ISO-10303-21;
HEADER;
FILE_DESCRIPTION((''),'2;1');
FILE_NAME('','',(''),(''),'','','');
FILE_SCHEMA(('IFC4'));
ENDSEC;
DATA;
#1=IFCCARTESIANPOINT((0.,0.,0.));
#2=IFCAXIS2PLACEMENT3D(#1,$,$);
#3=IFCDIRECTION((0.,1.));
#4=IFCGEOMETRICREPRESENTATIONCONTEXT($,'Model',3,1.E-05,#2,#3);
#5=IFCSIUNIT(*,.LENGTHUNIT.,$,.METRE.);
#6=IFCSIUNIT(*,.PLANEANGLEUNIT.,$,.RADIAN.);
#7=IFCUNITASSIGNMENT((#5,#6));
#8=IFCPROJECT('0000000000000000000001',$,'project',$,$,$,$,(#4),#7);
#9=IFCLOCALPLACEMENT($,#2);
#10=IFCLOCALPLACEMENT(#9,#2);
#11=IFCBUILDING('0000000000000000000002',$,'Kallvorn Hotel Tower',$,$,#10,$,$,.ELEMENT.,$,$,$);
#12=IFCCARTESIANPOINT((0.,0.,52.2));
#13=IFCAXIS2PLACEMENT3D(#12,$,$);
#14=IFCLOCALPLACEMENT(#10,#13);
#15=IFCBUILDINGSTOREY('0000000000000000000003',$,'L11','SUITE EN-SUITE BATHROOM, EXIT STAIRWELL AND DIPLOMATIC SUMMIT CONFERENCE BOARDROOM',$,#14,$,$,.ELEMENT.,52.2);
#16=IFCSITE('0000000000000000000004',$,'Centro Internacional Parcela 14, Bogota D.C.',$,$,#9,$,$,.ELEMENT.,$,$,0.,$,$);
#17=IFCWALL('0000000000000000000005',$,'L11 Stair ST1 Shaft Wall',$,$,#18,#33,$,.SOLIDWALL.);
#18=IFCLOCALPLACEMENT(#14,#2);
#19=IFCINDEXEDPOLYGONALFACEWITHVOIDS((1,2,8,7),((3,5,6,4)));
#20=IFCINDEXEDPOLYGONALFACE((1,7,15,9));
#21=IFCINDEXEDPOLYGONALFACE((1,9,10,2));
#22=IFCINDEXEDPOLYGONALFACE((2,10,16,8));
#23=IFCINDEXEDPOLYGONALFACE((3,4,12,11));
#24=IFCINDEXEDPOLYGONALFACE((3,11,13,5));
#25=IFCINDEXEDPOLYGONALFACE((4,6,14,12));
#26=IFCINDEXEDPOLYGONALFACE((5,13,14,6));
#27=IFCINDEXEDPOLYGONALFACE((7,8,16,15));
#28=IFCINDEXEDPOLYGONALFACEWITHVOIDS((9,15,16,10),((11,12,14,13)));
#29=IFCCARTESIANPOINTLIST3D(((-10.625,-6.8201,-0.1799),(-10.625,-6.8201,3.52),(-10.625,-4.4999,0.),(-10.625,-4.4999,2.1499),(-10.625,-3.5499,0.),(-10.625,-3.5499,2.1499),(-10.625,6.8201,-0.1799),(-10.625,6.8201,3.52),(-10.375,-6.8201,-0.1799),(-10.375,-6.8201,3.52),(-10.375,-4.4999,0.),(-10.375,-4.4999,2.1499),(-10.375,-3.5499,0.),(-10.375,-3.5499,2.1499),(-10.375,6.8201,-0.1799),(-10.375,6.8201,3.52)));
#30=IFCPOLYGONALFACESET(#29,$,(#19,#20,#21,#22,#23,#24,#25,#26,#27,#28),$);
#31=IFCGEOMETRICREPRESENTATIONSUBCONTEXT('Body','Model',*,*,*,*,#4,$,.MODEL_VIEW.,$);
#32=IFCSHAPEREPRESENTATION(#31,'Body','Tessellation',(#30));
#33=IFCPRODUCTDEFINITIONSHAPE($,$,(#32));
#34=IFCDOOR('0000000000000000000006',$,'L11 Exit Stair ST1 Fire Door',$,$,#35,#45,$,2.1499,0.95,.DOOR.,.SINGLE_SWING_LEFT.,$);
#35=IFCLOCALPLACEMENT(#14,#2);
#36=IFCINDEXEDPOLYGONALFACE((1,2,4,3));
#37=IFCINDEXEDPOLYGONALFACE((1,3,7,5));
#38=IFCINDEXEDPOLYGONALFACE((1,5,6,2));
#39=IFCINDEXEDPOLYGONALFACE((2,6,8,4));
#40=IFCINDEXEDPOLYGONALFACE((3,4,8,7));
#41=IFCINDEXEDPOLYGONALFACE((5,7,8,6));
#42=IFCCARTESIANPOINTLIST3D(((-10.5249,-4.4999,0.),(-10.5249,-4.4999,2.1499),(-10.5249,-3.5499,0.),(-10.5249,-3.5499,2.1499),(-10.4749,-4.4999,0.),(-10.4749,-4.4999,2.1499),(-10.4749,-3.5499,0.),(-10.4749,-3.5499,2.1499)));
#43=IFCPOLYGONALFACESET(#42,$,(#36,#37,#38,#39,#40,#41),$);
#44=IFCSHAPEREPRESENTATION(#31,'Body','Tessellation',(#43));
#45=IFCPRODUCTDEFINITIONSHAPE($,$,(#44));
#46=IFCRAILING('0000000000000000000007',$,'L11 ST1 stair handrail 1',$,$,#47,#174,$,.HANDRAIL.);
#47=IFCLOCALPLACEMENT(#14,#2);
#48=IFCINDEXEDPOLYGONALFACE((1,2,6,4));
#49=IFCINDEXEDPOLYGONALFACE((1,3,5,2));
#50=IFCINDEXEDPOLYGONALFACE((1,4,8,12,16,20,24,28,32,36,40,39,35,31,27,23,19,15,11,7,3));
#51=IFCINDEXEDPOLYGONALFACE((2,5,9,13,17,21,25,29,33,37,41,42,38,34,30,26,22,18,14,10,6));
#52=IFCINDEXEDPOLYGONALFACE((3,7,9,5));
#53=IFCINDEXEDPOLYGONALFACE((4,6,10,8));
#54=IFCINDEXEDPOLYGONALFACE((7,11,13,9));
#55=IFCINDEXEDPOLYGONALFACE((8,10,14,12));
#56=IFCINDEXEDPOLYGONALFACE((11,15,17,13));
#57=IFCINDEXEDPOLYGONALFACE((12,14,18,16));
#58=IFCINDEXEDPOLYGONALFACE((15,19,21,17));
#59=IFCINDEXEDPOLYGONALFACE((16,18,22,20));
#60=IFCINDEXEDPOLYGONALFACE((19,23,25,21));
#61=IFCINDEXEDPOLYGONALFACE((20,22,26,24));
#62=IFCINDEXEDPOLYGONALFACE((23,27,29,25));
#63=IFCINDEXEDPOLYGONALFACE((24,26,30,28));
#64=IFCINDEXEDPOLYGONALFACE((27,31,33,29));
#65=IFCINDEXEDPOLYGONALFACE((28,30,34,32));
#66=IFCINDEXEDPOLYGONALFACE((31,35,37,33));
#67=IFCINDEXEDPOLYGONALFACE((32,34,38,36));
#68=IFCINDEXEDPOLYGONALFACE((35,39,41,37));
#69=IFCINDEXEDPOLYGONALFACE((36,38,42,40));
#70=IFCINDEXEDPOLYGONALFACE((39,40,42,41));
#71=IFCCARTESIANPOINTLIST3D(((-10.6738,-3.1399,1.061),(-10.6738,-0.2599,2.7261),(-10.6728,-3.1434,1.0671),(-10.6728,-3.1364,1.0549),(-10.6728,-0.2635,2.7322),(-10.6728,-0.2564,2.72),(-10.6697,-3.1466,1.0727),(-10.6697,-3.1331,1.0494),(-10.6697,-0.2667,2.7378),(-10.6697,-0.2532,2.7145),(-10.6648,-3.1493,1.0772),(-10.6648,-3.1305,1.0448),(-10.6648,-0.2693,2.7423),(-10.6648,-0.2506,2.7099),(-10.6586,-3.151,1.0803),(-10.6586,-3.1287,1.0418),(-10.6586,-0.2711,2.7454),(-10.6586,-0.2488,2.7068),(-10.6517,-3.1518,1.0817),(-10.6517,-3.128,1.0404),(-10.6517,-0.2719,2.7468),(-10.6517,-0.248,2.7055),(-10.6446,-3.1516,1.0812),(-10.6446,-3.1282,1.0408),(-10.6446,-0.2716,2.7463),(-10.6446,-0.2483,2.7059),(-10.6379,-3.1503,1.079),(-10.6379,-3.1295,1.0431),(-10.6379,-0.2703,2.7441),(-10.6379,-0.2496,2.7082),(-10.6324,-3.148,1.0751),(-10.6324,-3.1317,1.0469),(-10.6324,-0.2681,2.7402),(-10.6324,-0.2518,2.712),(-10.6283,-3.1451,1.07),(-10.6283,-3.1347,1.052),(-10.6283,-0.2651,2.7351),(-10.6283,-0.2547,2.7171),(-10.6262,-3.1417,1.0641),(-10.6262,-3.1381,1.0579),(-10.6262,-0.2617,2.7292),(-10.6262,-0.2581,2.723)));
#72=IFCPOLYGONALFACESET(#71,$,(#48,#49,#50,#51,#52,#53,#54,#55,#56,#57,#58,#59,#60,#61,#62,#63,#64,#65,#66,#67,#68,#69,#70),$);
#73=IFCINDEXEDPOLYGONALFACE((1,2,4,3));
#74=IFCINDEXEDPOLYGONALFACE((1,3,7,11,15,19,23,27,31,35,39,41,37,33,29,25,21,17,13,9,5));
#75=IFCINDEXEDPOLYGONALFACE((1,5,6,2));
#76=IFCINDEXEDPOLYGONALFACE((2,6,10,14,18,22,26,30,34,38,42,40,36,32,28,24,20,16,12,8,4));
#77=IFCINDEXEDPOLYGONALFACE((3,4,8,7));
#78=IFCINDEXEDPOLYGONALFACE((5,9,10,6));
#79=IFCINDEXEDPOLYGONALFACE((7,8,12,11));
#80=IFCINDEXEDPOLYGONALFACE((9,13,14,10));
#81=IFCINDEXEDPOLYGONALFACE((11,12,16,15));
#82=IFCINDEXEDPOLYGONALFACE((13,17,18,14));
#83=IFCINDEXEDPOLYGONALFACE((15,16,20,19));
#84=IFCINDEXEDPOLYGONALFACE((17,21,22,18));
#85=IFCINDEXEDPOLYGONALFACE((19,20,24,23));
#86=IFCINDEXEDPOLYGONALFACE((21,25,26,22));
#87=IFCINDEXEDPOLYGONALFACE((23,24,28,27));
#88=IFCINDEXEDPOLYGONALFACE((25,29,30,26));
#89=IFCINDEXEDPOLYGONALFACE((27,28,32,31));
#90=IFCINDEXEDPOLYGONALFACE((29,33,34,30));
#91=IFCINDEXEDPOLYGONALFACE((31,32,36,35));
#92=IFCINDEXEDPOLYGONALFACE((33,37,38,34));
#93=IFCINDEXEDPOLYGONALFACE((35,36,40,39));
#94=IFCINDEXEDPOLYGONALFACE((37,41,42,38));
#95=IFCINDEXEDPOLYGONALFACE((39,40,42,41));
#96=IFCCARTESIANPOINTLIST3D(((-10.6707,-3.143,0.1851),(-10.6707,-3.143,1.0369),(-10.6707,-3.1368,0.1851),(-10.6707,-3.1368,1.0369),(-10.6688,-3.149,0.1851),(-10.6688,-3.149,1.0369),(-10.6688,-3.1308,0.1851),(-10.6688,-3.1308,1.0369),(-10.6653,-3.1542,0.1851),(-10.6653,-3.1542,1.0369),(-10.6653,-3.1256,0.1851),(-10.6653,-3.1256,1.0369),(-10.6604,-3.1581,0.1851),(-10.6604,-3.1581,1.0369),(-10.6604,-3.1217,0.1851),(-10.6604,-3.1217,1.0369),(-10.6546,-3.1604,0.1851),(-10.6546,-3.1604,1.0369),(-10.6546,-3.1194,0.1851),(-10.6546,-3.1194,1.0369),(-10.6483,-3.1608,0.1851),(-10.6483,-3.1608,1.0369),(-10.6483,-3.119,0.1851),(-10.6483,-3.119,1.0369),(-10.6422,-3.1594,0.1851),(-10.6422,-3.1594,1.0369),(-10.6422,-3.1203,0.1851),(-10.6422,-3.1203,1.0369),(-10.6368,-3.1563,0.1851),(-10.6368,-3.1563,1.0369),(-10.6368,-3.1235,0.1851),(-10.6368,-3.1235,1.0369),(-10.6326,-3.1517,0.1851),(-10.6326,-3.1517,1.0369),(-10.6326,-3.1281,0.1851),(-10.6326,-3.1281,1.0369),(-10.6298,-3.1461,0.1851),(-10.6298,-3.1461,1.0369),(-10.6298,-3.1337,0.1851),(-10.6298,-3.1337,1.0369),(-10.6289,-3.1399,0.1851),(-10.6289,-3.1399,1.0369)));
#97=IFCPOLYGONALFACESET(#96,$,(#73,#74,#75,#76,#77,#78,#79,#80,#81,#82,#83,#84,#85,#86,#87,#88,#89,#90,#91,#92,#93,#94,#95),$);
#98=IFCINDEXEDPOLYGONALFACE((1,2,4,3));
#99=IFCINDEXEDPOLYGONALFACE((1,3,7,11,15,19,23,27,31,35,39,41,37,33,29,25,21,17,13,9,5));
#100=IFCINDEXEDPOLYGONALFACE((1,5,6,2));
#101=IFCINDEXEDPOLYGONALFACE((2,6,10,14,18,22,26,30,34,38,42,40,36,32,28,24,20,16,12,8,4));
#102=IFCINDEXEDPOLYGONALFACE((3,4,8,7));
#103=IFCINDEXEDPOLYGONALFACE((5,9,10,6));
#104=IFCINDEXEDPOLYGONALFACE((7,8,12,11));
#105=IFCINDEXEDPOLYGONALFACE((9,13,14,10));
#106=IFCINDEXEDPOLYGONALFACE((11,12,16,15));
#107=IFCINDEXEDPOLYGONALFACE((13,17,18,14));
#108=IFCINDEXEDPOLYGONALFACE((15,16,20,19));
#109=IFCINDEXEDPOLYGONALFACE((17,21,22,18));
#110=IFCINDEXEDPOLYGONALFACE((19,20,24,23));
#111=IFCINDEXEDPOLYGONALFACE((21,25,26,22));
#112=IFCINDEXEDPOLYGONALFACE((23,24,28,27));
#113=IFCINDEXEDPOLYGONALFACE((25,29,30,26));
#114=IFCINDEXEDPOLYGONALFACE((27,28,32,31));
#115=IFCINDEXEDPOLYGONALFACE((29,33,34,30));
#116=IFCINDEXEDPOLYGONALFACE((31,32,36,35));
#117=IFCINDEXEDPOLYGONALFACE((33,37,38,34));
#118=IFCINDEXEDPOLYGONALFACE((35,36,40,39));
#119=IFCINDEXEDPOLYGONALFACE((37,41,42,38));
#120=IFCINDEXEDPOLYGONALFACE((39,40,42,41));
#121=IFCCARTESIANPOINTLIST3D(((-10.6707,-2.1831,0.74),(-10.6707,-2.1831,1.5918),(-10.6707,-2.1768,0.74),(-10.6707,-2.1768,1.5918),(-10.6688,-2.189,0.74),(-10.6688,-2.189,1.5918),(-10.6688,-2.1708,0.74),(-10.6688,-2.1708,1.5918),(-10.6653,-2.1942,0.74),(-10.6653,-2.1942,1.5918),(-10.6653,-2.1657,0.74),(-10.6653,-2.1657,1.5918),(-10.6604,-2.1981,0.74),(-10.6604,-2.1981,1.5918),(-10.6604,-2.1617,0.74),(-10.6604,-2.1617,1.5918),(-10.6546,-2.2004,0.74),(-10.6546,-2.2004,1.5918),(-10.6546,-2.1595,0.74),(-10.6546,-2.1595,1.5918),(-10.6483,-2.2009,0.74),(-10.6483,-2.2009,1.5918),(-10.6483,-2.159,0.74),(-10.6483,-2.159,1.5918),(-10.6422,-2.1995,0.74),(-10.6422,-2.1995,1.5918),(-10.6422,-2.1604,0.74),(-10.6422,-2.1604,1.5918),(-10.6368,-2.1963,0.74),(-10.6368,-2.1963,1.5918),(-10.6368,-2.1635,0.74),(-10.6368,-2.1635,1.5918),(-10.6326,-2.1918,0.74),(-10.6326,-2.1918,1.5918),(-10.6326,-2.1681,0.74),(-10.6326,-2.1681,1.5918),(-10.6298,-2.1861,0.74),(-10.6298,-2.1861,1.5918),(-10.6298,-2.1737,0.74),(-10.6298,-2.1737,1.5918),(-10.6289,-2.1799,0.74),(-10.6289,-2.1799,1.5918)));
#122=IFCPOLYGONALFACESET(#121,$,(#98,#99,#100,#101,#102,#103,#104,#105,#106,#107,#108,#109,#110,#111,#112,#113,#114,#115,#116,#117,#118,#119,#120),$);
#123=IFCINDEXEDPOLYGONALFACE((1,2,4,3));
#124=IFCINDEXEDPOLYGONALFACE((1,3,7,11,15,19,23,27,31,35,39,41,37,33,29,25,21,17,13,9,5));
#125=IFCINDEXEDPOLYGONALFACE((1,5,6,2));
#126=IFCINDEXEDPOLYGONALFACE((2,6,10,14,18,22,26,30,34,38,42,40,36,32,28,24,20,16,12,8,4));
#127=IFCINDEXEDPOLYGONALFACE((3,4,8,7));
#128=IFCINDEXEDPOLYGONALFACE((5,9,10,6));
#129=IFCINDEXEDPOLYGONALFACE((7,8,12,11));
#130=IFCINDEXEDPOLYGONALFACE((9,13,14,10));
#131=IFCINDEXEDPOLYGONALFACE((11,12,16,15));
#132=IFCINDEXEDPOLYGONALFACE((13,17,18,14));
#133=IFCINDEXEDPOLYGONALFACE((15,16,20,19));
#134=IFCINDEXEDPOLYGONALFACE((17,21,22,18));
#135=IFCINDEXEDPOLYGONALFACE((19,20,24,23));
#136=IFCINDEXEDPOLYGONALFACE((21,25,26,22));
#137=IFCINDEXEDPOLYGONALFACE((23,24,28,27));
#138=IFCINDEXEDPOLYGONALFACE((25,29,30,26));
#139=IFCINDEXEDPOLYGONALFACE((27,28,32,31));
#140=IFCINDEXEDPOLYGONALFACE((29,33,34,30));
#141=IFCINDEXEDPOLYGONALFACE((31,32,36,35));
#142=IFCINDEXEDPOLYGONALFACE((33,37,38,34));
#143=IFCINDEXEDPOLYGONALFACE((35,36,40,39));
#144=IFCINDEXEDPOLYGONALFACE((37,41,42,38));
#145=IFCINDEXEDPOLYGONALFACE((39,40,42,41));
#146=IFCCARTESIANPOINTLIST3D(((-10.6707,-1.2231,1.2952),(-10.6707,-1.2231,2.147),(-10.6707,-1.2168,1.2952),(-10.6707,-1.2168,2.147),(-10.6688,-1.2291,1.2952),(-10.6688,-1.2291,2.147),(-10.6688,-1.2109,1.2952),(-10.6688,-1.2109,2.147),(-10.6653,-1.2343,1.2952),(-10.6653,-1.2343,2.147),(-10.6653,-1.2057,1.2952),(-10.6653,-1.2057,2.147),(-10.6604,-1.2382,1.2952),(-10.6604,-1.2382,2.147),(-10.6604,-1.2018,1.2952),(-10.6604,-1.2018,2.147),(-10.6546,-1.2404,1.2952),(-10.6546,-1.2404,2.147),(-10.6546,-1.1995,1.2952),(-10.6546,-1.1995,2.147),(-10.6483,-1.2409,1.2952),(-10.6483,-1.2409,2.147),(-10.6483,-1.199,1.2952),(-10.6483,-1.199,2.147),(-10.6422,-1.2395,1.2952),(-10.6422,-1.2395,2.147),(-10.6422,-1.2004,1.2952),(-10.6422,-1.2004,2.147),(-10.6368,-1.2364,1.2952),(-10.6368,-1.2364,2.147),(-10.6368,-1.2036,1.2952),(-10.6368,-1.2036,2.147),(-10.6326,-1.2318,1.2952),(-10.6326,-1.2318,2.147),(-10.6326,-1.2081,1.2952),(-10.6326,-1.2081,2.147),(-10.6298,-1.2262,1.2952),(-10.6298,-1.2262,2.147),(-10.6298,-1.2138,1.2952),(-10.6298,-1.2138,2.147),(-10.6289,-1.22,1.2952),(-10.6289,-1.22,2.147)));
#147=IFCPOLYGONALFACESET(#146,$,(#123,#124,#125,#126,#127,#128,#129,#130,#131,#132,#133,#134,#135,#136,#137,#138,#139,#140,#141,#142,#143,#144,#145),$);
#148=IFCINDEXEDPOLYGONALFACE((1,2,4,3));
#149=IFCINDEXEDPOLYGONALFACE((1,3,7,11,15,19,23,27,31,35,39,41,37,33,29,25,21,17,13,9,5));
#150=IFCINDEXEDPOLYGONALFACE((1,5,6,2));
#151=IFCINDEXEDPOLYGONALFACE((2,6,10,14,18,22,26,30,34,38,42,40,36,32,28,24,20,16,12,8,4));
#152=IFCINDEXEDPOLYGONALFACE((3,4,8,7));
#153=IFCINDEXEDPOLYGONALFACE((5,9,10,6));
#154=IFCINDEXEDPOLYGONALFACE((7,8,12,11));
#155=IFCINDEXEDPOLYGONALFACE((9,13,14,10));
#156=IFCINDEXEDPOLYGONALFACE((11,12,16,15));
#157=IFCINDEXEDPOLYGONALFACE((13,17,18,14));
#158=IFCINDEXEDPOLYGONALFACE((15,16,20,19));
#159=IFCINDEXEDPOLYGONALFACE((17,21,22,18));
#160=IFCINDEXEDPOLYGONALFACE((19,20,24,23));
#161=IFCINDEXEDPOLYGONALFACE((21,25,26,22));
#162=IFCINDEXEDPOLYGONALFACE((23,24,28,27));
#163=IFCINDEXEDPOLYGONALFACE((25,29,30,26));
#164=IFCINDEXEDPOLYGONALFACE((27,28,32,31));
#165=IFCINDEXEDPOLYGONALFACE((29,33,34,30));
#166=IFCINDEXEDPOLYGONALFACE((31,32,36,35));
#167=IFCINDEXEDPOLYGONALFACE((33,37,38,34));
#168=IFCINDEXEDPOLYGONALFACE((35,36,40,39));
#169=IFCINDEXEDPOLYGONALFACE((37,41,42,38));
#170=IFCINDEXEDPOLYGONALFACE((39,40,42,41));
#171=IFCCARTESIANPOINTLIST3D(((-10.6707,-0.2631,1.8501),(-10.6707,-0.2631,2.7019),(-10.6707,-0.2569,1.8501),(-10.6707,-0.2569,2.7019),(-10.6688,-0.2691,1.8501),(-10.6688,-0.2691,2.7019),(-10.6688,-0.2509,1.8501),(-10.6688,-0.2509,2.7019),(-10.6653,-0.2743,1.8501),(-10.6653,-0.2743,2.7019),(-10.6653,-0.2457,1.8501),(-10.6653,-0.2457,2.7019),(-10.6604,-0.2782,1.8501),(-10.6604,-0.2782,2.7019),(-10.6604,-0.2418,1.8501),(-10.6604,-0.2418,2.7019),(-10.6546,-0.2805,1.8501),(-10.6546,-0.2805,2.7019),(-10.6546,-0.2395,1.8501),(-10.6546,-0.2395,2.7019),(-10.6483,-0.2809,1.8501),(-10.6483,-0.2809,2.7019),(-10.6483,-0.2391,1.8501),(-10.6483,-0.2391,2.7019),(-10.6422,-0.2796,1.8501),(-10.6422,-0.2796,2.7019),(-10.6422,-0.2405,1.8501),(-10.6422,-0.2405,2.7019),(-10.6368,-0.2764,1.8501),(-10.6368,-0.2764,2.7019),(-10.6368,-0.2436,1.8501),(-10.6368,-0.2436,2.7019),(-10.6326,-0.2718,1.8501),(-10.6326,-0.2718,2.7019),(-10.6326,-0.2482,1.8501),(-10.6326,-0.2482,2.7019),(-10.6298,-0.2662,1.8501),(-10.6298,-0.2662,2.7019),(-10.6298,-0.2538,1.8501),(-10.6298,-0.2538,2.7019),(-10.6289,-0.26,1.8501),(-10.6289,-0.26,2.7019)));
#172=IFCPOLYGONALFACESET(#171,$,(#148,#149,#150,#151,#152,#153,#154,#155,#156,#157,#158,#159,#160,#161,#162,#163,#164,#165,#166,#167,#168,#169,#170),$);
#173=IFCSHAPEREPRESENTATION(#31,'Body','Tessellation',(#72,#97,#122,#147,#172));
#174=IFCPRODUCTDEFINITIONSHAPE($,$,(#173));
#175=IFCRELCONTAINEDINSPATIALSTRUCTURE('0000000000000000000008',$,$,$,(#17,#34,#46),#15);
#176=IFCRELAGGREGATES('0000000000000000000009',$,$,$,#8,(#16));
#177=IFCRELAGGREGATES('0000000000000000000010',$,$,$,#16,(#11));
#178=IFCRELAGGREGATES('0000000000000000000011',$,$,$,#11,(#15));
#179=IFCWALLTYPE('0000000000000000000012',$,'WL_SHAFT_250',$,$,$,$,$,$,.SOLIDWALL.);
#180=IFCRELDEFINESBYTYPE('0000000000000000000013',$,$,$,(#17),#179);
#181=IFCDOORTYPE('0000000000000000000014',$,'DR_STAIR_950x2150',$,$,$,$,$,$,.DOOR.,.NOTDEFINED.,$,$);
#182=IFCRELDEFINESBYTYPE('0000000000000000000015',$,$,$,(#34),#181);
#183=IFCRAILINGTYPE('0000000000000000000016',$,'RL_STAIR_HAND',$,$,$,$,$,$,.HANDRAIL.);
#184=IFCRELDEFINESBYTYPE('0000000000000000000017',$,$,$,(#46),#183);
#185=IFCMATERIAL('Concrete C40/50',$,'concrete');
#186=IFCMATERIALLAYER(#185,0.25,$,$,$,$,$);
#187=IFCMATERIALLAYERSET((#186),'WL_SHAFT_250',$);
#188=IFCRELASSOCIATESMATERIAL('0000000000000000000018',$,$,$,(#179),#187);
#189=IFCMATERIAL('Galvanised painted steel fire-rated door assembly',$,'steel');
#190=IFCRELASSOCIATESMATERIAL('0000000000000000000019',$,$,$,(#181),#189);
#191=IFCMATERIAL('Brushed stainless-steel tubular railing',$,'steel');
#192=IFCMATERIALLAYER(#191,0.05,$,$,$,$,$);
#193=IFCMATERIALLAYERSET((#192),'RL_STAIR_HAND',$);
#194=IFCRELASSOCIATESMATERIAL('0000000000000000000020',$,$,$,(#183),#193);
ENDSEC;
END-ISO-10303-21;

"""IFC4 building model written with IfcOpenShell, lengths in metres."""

from ifc_helpers import new_model, si_unit, direction, frame, frame_2d, origin, origin_2d, place, context, subcontext, project, spatial, rectangle, circle, extrude, material, layer, layer_set, type_object, element, fill, save


model = new_model("IFC4")

# Units and contexts
model_context = context("Model", 3, precision=1e-05, world=origin(), true_north=direction((0.0, 1.0)))
body_context = subcontext(model_context, "Body", "Model", "MODEL_VIEW")
ifc_project = project(units=[si_unit("LENGTHUNIT", "METRE"), si_unit("PLANEANGLEUNIT", "RADIAN")], contexts=[model_context])

# Site, building, storey
site_placement = place(None, origin())
site = spatial("IfcSite", under=ifc_project, at=site_placement, Name="Centro Internacional Parcela 14, Bogota D.C.", CompositionType="ELEMENT", RefElevation=0.0)
building_placement = place(site_placement, origin())
building = spatial("IfcBuilding", under=site, at=building_placement, Name="Kallvorn Hotel Tower", CompositionType="ELEMENT")
storey_placement = place(building_placement, frame((0.0, 0.0, 52.2)))
storey = spatial("IfcBuildingStorey", under=building, at=storey_placement, Name="L11", Description="SUITE EN-SUITE BATHROOM, EXIT STAIRWELL AND DIPLOMATIC SUMMIT CONFERENCE BOARDROOM", CompositionType="ELEMENT", Elevation=52.2)

# Shared definitions
ifc_material_1 = material(Name="Concrete C40/50", Category="concrete")
ifc_layer_1 = layer(ifc_material_1, 0.25)
ifc_layer_set_1 = layer_set([ifc_layer_1], Name="WL_SHAFT_250")
wall_type_1 = type_object("IfcWallType", Name="WL_SHAFT_250", PredefinedType="SOLIDWALL", material=ifc_layer_set_1)

# Wall, opening, door
wall_1_placement = place(storey_placement, frame((-10.5, -6.8201, -0.1799), z_axis=(0.0, 0.0, 1.0), x_axis=(0.0, 1.0, 0.0)))
wall_1 = element("IfcWall", 1, at=wall_1_placement, inside=storey, type_object=wall_type_1, Name="L11 Stair ST1 Shaft Wall", PredefinedType="SOLIDWALL", context=body_context, shape_type="SweptSolid", body=[
    extrude(rectangle(XDim=13.6401, YDim=0.25, at=frame_2d((6.8201, 0.0))), origin(), (0.0, 0.0, 1.0), 3.7),
])
opening_1_placement = place(wall_1_placement, frame((2.3201, 0.0, 0.1799)))
opening_1 = element("IfcOpeningElement", 2, at=opening_1_placement, cuts=wall_1, PredefinedType="OPENING", context=body_context, shape_type="SweptSolid", body=[
    extrude(rectangle(XDim=0.95, YDim=2.1499, at=frame_2d((0.4751, 1.075))), frame((0.0, 0.1399, 0.0), z_axis=(0.0, -1.0, 0.0), x_axis=(1.0, 0.0, 0.0)), (0.0, 0.0, 1.0), 0.28),
])
ifc_material_2 = material(Name="Galvanised painted steel fire-rated door assembly", Category="steel")
door_type_1 = type_object("IfcDoorType", Name="DR_STAIR_950x2150", OperationType="NOTDEFINED", PredefinedType="DOOR", material=ifc_material_2)
door_1_placement = place(opening_1_placement, origin())
door_1 = element("IfcDoor", 3, at=door_1_placement, inside=storey, type_object=door_type_1, Name="L11 Exit Stair ST1 Fire Door", OperationType="SINGLE_SWING_LEFT", OverallHeight=2.1499, OverallWidth=0.95, PredefinedType="DOOR", context=body_context, shape_type="SweptSolid", body=[
    extrude(rectangle(XDim=0.95, YDim=2.1499, at=frame_2d((0.4751, 1.075))), frame((0.0, 0.0249, 0.0), z_axis=(0.0, -1.0, 0.0), x_axis=(1.0, 0.0, 0.0)), (0.0, 0.0, 1.0), 0.05),
])
fill(opening_1, door_1)

# Railing
ifc_material_3 = material(Name="Brushed stainless-steel tubular railing", Category="steel")
ifc_layer_2 = layer(ifc_material_3, 0.05)
ifc_layer_set_2 = layer_set([ifc_layer_2], Name="RL_STAIR_HAND")
railing_type = type_object("IfcRailingType", Name="RL_STAIR_HAND", PredefinedType="HANDRAIL", material=ifc_layer_set_2)
railing_placement = place(storey_placement, frame((-10.6499, -3.1399, 0.1851)))
element("IfcRailing", 4, at=railing_placement, inside=storey, type_object=railing_type, Name="L11 ST1 stair handrail 1", PredefinedType="HANDRAIL", context=body_context, shape_type="SweptSolid", body=[
    extrude(circle(Radius=0.0239, at=origin_2d()), frame((0.0, 0.0, 0.876), z_axis=(0.0, 0.865721, 0.500527), x_axis=(-1.0, 0.0, 0.0)), (0.0, 0.0, 1.0), 3.3267),
    extrude(circle(Radius=0.021, at=origin_2d()), origin(), (0.0, 0.0, 1.0), 0.8518),
    extrude(circle(Radius=0.021, at=origin_2d()), frame((0.0, 0.96, 0.5549)), (0.0, 0.0, 1.0), 0.8518),
    extrude(circle(Radius=0.021, at=origin_2d()), frame((0.0, 1.9199, 1.1101)), (0.0, 0.0, 1.0), 0.8518),
    extrude(circle(Radius=0.021, at=origin_2d()), frame((0.0, 2.8799, 1.665)), (0.0, 0.0, 1.0), 0.8518),
])

save(model, "model.ifc")
